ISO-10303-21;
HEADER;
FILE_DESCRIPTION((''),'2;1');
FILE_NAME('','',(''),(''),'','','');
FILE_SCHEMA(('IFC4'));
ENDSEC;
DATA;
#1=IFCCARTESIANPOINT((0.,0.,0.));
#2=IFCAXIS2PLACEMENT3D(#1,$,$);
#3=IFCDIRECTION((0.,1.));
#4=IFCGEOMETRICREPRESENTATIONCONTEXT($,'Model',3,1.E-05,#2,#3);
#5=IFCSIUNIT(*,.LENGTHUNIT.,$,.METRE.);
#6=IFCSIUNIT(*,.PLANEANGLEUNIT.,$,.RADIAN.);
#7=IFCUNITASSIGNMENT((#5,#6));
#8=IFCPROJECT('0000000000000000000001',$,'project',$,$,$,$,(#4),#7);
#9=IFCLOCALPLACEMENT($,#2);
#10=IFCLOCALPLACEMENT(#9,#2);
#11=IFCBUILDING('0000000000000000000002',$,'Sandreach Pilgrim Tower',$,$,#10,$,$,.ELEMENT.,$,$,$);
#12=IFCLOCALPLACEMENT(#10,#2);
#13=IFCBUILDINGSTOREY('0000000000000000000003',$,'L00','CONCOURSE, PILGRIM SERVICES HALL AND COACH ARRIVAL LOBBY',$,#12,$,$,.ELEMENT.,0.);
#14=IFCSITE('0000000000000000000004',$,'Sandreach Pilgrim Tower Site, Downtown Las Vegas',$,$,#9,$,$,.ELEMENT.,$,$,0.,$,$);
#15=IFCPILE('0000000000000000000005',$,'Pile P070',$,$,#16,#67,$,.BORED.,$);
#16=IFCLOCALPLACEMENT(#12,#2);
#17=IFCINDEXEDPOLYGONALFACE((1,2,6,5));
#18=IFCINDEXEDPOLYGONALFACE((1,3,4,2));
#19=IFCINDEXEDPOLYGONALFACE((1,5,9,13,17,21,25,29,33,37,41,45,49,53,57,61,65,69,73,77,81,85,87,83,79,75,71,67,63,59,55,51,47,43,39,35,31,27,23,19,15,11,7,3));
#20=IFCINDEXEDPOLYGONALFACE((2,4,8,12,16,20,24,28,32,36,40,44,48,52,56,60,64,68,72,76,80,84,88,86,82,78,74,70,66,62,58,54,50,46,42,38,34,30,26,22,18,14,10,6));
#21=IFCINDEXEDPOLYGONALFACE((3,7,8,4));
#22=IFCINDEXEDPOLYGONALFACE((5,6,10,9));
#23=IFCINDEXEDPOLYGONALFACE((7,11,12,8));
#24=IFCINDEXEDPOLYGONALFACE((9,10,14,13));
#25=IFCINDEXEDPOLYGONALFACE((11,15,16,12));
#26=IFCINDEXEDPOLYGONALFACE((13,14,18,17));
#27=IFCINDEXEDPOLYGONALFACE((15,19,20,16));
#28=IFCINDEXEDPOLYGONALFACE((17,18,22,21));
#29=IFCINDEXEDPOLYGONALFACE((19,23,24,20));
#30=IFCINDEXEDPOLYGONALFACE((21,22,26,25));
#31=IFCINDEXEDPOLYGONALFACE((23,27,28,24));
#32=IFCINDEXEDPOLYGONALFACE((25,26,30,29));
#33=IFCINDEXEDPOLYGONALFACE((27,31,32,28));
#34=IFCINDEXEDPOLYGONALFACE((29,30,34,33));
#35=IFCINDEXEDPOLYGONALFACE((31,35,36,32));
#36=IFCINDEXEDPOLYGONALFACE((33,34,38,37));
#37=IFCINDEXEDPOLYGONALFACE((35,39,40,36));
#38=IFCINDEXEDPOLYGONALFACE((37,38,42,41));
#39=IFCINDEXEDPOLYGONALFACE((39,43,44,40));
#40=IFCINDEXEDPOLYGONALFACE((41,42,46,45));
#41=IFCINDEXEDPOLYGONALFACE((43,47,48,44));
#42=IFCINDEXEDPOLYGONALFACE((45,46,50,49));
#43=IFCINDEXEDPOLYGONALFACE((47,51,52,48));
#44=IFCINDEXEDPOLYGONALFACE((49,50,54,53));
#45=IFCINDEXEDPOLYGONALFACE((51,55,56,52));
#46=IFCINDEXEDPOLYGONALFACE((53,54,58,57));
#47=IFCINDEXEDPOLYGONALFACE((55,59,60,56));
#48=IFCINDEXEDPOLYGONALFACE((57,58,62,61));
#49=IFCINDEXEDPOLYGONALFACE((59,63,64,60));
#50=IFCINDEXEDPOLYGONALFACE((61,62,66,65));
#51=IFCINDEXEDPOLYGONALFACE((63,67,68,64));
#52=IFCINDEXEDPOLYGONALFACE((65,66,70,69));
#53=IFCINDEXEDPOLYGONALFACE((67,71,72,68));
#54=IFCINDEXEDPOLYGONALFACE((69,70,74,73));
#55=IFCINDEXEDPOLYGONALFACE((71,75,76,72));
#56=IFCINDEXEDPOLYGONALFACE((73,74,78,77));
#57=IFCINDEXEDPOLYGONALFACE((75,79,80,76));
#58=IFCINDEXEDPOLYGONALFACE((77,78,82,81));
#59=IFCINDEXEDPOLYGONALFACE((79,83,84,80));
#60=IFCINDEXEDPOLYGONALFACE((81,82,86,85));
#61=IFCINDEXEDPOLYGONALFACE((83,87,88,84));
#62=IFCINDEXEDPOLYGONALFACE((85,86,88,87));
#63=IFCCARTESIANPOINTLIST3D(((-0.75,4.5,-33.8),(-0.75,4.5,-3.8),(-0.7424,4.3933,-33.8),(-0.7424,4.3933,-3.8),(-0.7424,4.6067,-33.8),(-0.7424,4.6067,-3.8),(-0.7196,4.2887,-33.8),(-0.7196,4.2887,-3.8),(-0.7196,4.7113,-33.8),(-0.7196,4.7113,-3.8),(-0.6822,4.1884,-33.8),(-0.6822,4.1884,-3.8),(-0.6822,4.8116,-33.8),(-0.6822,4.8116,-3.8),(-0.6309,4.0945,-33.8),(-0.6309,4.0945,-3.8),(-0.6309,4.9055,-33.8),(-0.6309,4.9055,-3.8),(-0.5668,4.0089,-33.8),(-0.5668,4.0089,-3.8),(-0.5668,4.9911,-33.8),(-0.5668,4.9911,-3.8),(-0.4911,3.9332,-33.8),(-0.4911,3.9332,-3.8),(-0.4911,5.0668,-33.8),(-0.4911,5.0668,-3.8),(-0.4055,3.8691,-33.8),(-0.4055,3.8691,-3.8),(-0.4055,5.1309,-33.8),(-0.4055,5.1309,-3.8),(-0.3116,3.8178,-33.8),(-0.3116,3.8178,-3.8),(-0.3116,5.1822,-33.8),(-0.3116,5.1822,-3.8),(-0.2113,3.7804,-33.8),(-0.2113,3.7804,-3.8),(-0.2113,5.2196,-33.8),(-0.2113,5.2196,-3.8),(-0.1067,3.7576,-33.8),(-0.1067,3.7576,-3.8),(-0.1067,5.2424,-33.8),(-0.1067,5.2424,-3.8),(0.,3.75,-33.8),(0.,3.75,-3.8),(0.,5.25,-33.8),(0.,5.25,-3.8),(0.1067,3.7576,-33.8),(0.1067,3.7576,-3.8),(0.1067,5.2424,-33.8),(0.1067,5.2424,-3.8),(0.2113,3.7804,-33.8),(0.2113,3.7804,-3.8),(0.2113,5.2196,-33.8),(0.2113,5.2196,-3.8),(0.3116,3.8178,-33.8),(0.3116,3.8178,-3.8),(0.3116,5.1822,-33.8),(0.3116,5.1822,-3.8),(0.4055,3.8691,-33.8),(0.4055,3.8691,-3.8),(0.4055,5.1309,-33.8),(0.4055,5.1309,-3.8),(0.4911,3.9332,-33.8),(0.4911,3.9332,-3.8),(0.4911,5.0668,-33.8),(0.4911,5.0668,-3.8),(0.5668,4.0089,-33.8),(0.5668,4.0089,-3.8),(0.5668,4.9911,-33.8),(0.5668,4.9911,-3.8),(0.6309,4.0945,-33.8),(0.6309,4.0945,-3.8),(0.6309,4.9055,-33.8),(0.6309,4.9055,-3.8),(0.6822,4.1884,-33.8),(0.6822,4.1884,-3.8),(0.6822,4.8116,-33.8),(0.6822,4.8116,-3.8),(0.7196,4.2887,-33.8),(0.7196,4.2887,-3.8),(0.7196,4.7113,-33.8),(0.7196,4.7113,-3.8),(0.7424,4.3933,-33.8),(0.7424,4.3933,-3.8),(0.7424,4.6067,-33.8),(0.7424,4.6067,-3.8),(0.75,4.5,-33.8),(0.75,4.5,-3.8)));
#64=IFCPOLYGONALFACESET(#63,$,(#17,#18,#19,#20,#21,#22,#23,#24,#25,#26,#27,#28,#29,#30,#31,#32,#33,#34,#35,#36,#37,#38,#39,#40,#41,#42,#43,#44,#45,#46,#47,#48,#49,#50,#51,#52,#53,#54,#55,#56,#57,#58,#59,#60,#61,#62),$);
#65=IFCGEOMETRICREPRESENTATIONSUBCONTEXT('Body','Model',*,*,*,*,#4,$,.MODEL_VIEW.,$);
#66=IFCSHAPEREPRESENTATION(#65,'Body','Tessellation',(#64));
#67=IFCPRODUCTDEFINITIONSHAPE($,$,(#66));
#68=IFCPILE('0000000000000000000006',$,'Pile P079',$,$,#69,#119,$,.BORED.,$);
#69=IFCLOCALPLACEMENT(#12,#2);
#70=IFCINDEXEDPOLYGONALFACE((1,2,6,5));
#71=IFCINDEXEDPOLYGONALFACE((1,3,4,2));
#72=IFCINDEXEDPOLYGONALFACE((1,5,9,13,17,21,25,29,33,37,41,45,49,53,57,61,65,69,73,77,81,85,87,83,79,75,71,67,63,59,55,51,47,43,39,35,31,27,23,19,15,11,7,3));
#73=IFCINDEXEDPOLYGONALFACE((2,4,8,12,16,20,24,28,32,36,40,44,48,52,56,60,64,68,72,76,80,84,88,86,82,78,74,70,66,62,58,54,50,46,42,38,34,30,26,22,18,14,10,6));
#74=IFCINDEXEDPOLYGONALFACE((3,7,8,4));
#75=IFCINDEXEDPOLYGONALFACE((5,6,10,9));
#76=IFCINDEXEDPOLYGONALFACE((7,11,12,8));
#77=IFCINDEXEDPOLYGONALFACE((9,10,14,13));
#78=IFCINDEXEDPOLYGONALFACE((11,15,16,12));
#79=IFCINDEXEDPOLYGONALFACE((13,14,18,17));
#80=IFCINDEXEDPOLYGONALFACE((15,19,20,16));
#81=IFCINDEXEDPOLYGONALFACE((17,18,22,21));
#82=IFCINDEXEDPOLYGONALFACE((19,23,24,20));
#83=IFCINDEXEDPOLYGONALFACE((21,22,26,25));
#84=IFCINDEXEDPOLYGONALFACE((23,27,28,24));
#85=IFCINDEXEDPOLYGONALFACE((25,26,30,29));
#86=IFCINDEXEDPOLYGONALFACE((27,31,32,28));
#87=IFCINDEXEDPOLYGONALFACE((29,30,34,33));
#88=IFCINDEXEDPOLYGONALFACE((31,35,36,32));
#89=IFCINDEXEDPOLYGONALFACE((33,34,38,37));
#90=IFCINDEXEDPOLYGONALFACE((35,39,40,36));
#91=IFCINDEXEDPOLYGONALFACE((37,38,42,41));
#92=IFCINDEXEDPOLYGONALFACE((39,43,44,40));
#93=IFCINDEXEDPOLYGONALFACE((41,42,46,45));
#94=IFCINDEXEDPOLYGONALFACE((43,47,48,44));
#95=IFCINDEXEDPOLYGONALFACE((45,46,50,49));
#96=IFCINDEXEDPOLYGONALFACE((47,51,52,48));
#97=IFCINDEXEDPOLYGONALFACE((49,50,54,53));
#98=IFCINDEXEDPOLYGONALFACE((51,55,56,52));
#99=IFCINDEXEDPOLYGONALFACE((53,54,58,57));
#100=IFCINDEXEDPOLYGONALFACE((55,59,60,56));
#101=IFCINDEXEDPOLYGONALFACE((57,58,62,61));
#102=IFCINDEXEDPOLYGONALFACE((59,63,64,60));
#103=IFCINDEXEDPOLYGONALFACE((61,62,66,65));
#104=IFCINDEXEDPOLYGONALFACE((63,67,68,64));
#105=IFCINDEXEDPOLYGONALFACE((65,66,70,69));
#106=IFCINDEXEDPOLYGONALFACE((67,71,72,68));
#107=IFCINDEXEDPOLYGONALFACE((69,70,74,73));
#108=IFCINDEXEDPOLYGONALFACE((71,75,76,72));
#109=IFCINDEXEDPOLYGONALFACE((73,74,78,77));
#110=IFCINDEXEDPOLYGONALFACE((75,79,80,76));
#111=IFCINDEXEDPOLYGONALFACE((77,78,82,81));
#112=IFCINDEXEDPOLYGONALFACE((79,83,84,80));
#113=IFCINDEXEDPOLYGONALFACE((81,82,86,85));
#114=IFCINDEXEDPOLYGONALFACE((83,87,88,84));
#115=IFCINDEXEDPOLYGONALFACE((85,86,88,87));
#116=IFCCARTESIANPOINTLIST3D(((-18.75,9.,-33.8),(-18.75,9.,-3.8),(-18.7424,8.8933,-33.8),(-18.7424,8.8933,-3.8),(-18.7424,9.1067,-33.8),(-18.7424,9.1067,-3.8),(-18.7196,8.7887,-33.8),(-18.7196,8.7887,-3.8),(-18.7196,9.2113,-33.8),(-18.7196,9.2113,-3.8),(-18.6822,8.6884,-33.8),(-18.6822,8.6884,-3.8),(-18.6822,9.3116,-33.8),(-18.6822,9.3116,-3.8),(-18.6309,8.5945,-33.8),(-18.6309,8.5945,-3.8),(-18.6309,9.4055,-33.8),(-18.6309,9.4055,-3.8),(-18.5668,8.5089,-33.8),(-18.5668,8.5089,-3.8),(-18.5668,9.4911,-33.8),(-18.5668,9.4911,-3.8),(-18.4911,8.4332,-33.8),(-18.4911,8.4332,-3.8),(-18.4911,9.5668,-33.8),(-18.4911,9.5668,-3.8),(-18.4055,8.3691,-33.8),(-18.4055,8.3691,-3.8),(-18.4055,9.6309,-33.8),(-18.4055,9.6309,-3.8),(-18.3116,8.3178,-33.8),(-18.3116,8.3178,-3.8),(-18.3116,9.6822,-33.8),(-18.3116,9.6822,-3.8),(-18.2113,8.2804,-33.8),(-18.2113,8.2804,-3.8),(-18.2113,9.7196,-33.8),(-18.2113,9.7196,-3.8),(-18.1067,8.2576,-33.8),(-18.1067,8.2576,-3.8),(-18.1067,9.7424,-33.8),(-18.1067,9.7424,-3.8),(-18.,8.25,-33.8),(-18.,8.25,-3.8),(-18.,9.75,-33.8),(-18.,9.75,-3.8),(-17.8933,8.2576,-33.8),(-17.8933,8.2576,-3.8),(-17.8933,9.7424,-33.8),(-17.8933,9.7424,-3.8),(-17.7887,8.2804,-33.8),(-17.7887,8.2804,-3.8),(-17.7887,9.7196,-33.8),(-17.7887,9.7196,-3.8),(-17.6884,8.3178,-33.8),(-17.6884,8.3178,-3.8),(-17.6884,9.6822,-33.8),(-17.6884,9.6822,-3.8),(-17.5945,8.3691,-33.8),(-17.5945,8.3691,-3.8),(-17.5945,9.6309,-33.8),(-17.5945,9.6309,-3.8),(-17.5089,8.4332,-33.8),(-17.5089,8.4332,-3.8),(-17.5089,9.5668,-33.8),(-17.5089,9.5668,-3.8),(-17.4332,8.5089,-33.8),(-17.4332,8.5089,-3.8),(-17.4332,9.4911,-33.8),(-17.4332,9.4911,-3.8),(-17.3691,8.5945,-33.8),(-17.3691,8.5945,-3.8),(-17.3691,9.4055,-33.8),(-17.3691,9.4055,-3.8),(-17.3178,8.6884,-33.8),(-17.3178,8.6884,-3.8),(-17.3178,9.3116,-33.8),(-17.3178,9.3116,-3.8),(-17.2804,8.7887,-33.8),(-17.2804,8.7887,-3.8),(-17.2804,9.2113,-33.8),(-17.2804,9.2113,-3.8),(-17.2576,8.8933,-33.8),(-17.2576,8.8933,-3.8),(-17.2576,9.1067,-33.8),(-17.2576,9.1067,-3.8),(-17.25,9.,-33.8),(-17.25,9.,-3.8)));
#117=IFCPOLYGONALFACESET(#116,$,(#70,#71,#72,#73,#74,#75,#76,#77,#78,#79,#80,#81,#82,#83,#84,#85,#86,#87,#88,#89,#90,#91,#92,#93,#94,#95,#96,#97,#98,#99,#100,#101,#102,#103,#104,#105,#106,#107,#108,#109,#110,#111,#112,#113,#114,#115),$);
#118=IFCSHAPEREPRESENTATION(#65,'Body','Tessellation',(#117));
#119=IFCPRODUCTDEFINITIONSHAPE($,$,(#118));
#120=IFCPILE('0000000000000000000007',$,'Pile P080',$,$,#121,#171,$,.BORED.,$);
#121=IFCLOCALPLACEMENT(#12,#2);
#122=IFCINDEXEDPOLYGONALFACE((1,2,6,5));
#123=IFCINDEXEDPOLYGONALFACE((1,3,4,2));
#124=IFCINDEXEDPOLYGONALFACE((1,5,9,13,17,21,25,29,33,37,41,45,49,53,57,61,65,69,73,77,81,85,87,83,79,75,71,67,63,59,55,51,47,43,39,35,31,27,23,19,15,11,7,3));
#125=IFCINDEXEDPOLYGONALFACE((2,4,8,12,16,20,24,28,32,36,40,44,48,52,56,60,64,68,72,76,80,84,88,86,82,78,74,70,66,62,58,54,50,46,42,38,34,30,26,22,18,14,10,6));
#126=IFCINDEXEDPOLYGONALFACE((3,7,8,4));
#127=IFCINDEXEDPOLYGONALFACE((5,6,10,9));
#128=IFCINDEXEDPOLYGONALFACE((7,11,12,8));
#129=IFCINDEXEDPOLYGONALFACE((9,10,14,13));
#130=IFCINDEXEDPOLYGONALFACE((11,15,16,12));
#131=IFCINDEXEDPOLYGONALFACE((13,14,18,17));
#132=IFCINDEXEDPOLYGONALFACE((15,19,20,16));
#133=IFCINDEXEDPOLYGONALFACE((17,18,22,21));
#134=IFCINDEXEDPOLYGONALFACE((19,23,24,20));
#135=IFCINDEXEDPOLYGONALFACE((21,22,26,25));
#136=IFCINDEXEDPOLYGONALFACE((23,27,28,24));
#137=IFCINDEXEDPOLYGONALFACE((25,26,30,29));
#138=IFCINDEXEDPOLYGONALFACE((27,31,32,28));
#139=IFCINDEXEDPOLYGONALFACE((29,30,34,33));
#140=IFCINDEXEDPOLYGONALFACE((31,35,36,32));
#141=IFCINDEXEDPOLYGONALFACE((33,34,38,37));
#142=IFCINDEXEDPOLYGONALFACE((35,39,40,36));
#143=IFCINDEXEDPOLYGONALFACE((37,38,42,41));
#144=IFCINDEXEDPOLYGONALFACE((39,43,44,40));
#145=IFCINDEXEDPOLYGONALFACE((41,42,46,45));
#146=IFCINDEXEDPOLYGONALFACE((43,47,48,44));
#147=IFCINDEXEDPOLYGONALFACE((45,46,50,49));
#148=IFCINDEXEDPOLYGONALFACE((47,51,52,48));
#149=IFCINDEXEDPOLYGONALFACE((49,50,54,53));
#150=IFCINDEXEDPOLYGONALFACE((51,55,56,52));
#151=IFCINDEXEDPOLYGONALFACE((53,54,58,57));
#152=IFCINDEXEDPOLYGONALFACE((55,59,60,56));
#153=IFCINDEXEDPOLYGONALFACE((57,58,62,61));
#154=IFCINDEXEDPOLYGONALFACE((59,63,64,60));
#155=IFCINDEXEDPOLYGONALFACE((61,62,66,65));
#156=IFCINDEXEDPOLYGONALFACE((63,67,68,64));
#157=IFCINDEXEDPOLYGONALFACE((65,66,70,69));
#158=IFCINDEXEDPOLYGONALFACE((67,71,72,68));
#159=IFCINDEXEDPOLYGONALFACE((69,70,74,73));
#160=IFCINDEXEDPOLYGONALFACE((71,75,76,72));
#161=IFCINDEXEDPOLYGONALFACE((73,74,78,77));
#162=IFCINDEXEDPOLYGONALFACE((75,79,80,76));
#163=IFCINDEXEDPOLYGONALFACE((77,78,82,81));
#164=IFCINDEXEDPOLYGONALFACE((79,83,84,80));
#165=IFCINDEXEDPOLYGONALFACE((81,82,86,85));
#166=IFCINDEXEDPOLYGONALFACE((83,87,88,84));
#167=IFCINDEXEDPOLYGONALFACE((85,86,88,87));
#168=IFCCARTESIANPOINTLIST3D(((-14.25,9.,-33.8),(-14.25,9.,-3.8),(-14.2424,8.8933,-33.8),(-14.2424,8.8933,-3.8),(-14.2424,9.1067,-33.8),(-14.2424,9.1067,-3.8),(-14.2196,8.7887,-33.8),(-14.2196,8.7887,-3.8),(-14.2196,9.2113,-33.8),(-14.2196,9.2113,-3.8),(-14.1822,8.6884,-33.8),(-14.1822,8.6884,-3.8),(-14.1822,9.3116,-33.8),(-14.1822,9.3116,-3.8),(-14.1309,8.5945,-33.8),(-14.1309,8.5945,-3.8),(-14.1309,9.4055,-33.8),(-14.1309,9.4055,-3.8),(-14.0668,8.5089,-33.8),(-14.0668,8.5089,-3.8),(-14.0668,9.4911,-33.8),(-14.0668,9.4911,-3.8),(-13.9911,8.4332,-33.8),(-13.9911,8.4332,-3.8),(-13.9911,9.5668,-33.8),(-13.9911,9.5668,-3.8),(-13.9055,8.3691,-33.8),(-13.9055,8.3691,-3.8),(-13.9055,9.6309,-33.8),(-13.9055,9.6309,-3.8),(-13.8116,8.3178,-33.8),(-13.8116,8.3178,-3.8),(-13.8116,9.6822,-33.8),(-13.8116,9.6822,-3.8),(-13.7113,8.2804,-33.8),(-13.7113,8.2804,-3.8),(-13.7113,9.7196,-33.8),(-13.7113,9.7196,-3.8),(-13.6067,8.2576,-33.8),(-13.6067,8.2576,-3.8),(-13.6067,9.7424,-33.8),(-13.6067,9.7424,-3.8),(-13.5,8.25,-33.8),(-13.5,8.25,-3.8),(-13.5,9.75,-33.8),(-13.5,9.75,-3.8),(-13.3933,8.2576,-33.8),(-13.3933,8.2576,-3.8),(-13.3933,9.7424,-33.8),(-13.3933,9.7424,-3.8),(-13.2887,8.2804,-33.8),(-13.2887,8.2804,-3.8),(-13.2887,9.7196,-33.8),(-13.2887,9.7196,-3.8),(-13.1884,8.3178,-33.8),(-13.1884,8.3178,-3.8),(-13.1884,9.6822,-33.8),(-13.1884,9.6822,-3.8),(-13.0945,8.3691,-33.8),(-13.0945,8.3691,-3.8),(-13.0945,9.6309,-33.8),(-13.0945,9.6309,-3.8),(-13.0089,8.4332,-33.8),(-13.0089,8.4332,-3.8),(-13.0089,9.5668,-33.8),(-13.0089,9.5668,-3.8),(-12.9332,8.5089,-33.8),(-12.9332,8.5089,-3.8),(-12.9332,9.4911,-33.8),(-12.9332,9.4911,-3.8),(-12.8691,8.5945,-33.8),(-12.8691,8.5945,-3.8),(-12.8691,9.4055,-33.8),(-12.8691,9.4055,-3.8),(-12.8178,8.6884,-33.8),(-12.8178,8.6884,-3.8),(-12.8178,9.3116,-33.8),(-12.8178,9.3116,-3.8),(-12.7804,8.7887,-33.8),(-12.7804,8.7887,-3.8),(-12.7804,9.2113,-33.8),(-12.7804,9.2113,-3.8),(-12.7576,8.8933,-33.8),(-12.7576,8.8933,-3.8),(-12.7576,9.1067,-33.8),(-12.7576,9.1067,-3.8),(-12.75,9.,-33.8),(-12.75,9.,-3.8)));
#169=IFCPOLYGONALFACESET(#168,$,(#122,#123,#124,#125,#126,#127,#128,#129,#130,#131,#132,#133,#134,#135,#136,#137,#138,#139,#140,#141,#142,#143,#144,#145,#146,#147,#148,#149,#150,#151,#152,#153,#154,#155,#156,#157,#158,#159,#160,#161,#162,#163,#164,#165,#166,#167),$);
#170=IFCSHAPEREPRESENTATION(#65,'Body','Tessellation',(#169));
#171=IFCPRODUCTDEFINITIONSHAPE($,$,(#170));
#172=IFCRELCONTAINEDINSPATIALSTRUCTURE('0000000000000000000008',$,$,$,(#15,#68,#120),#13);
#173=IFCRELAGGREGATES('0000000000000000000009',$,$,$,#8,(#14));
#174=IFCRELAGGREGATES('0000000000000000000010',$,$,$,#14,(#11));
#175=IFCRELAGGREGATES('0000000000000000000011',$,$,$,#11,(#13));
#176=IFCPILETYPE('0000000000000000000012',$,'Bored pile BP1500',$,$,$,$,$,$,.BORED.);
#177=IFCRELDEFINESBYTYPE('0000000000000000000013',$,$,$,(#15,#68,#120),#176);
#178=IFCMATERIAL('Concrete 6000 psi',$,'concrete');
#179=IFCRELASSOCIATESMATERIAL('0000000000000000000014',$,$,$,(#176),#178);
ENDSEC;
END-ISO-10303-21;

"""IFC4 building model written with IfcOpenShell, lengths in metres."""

from ifc_helpers import new_model, si_unit, direction, frame, origin, origin_2d, place, context, subcontext, project, spatial, circle, extrude, material, material_profile, profile_set, type_object, element, save


model = new_model("IFC4")

# Units and contexts
model_context = context("Model", 3, precision=1e-05, world=origin(), true_north=direction((0.0, 1.0)))
body_context = subcontext(model_context, "Body", "Model", "MODEL_VIEW")
ifc_project = project(units=[si_unit("LENGTHUNIT", "METRE"), si_unit("PLANEANGLEUNIT", "RADIAN")], contexts=[model_context])

# Site, building, storey
site_placement = place(None, origin())
site = spatial("IfcSite", under=ifc_project, at=site_placement, Name="Sandreach Pilgrim Tower Site, Downtown Las Vegas", CompositionType="ELEMENT", RefElevation=0.0)
building_placement = place(site_placement, origin())
building = spatial("IfcBuilding", under=site, at=building_placement, Name="Sandreach Pilgrim Tower", CompositionType="ELEMENT")
storey_placement = place(building_placement, origin())
storey = spatial("IfcBuildingStorey", under=building, at=storey_placement, Name="L00", Description="CONCOURSE, PILGRIM SERVICES HALL AND COACH ARRIVAL LOBBY", CompositionType="ELEMENT", Elevation=0.0)

# Piles
ifc_material_1 = material(Name="Concrete 6000 psi", Category="concrete")
ifc_material_profile_1 = material_profile(ifc_material_1, circle(Radius=0.75, at=origin_2d()), Name="BP1500")
ifc_profile_set_1 = profile_set([ifc_material_profile_1], Name="Concrete 6000 psi")
pile_type = type_object("IfcPileType", Name="Bored pile BP1500", PredefinedType="BORED", material=ifc_profile_set_1)
for number, where, z_axis, x_axis, name in (
    (1, (0.0, 4.5, -3.8), (0.0, 0.0, -1.0), (1.0, 0.0, 0.0), "Pile P070"),
    (2, (-18.0, 9.0, -3.8), (0.0, 0.0, -1.0), (1.0, 0.0, 0.0), "Pile P079"),
    (3, (-13.5, 9.0, -3.8), (0.0, 0.0, -1.0), (1.0, 0.0, 0.0), "Pile P080"),
):
    element("IfcPile", number, at=place(storey_placement, frame(where, z_axis=z_axis, x_axis=x_axis)), inside=storey, type_object=pile_type, Name=name, PredefinedType="BORED", context=body_context, shape_type="SweptSolid", body=[
        extrude(circle(Radius=0.75, at=origin_2d()), origin(), (0.0, 0.0, 1.0), 30.0),
    ])

save(model, "model.ifc")
